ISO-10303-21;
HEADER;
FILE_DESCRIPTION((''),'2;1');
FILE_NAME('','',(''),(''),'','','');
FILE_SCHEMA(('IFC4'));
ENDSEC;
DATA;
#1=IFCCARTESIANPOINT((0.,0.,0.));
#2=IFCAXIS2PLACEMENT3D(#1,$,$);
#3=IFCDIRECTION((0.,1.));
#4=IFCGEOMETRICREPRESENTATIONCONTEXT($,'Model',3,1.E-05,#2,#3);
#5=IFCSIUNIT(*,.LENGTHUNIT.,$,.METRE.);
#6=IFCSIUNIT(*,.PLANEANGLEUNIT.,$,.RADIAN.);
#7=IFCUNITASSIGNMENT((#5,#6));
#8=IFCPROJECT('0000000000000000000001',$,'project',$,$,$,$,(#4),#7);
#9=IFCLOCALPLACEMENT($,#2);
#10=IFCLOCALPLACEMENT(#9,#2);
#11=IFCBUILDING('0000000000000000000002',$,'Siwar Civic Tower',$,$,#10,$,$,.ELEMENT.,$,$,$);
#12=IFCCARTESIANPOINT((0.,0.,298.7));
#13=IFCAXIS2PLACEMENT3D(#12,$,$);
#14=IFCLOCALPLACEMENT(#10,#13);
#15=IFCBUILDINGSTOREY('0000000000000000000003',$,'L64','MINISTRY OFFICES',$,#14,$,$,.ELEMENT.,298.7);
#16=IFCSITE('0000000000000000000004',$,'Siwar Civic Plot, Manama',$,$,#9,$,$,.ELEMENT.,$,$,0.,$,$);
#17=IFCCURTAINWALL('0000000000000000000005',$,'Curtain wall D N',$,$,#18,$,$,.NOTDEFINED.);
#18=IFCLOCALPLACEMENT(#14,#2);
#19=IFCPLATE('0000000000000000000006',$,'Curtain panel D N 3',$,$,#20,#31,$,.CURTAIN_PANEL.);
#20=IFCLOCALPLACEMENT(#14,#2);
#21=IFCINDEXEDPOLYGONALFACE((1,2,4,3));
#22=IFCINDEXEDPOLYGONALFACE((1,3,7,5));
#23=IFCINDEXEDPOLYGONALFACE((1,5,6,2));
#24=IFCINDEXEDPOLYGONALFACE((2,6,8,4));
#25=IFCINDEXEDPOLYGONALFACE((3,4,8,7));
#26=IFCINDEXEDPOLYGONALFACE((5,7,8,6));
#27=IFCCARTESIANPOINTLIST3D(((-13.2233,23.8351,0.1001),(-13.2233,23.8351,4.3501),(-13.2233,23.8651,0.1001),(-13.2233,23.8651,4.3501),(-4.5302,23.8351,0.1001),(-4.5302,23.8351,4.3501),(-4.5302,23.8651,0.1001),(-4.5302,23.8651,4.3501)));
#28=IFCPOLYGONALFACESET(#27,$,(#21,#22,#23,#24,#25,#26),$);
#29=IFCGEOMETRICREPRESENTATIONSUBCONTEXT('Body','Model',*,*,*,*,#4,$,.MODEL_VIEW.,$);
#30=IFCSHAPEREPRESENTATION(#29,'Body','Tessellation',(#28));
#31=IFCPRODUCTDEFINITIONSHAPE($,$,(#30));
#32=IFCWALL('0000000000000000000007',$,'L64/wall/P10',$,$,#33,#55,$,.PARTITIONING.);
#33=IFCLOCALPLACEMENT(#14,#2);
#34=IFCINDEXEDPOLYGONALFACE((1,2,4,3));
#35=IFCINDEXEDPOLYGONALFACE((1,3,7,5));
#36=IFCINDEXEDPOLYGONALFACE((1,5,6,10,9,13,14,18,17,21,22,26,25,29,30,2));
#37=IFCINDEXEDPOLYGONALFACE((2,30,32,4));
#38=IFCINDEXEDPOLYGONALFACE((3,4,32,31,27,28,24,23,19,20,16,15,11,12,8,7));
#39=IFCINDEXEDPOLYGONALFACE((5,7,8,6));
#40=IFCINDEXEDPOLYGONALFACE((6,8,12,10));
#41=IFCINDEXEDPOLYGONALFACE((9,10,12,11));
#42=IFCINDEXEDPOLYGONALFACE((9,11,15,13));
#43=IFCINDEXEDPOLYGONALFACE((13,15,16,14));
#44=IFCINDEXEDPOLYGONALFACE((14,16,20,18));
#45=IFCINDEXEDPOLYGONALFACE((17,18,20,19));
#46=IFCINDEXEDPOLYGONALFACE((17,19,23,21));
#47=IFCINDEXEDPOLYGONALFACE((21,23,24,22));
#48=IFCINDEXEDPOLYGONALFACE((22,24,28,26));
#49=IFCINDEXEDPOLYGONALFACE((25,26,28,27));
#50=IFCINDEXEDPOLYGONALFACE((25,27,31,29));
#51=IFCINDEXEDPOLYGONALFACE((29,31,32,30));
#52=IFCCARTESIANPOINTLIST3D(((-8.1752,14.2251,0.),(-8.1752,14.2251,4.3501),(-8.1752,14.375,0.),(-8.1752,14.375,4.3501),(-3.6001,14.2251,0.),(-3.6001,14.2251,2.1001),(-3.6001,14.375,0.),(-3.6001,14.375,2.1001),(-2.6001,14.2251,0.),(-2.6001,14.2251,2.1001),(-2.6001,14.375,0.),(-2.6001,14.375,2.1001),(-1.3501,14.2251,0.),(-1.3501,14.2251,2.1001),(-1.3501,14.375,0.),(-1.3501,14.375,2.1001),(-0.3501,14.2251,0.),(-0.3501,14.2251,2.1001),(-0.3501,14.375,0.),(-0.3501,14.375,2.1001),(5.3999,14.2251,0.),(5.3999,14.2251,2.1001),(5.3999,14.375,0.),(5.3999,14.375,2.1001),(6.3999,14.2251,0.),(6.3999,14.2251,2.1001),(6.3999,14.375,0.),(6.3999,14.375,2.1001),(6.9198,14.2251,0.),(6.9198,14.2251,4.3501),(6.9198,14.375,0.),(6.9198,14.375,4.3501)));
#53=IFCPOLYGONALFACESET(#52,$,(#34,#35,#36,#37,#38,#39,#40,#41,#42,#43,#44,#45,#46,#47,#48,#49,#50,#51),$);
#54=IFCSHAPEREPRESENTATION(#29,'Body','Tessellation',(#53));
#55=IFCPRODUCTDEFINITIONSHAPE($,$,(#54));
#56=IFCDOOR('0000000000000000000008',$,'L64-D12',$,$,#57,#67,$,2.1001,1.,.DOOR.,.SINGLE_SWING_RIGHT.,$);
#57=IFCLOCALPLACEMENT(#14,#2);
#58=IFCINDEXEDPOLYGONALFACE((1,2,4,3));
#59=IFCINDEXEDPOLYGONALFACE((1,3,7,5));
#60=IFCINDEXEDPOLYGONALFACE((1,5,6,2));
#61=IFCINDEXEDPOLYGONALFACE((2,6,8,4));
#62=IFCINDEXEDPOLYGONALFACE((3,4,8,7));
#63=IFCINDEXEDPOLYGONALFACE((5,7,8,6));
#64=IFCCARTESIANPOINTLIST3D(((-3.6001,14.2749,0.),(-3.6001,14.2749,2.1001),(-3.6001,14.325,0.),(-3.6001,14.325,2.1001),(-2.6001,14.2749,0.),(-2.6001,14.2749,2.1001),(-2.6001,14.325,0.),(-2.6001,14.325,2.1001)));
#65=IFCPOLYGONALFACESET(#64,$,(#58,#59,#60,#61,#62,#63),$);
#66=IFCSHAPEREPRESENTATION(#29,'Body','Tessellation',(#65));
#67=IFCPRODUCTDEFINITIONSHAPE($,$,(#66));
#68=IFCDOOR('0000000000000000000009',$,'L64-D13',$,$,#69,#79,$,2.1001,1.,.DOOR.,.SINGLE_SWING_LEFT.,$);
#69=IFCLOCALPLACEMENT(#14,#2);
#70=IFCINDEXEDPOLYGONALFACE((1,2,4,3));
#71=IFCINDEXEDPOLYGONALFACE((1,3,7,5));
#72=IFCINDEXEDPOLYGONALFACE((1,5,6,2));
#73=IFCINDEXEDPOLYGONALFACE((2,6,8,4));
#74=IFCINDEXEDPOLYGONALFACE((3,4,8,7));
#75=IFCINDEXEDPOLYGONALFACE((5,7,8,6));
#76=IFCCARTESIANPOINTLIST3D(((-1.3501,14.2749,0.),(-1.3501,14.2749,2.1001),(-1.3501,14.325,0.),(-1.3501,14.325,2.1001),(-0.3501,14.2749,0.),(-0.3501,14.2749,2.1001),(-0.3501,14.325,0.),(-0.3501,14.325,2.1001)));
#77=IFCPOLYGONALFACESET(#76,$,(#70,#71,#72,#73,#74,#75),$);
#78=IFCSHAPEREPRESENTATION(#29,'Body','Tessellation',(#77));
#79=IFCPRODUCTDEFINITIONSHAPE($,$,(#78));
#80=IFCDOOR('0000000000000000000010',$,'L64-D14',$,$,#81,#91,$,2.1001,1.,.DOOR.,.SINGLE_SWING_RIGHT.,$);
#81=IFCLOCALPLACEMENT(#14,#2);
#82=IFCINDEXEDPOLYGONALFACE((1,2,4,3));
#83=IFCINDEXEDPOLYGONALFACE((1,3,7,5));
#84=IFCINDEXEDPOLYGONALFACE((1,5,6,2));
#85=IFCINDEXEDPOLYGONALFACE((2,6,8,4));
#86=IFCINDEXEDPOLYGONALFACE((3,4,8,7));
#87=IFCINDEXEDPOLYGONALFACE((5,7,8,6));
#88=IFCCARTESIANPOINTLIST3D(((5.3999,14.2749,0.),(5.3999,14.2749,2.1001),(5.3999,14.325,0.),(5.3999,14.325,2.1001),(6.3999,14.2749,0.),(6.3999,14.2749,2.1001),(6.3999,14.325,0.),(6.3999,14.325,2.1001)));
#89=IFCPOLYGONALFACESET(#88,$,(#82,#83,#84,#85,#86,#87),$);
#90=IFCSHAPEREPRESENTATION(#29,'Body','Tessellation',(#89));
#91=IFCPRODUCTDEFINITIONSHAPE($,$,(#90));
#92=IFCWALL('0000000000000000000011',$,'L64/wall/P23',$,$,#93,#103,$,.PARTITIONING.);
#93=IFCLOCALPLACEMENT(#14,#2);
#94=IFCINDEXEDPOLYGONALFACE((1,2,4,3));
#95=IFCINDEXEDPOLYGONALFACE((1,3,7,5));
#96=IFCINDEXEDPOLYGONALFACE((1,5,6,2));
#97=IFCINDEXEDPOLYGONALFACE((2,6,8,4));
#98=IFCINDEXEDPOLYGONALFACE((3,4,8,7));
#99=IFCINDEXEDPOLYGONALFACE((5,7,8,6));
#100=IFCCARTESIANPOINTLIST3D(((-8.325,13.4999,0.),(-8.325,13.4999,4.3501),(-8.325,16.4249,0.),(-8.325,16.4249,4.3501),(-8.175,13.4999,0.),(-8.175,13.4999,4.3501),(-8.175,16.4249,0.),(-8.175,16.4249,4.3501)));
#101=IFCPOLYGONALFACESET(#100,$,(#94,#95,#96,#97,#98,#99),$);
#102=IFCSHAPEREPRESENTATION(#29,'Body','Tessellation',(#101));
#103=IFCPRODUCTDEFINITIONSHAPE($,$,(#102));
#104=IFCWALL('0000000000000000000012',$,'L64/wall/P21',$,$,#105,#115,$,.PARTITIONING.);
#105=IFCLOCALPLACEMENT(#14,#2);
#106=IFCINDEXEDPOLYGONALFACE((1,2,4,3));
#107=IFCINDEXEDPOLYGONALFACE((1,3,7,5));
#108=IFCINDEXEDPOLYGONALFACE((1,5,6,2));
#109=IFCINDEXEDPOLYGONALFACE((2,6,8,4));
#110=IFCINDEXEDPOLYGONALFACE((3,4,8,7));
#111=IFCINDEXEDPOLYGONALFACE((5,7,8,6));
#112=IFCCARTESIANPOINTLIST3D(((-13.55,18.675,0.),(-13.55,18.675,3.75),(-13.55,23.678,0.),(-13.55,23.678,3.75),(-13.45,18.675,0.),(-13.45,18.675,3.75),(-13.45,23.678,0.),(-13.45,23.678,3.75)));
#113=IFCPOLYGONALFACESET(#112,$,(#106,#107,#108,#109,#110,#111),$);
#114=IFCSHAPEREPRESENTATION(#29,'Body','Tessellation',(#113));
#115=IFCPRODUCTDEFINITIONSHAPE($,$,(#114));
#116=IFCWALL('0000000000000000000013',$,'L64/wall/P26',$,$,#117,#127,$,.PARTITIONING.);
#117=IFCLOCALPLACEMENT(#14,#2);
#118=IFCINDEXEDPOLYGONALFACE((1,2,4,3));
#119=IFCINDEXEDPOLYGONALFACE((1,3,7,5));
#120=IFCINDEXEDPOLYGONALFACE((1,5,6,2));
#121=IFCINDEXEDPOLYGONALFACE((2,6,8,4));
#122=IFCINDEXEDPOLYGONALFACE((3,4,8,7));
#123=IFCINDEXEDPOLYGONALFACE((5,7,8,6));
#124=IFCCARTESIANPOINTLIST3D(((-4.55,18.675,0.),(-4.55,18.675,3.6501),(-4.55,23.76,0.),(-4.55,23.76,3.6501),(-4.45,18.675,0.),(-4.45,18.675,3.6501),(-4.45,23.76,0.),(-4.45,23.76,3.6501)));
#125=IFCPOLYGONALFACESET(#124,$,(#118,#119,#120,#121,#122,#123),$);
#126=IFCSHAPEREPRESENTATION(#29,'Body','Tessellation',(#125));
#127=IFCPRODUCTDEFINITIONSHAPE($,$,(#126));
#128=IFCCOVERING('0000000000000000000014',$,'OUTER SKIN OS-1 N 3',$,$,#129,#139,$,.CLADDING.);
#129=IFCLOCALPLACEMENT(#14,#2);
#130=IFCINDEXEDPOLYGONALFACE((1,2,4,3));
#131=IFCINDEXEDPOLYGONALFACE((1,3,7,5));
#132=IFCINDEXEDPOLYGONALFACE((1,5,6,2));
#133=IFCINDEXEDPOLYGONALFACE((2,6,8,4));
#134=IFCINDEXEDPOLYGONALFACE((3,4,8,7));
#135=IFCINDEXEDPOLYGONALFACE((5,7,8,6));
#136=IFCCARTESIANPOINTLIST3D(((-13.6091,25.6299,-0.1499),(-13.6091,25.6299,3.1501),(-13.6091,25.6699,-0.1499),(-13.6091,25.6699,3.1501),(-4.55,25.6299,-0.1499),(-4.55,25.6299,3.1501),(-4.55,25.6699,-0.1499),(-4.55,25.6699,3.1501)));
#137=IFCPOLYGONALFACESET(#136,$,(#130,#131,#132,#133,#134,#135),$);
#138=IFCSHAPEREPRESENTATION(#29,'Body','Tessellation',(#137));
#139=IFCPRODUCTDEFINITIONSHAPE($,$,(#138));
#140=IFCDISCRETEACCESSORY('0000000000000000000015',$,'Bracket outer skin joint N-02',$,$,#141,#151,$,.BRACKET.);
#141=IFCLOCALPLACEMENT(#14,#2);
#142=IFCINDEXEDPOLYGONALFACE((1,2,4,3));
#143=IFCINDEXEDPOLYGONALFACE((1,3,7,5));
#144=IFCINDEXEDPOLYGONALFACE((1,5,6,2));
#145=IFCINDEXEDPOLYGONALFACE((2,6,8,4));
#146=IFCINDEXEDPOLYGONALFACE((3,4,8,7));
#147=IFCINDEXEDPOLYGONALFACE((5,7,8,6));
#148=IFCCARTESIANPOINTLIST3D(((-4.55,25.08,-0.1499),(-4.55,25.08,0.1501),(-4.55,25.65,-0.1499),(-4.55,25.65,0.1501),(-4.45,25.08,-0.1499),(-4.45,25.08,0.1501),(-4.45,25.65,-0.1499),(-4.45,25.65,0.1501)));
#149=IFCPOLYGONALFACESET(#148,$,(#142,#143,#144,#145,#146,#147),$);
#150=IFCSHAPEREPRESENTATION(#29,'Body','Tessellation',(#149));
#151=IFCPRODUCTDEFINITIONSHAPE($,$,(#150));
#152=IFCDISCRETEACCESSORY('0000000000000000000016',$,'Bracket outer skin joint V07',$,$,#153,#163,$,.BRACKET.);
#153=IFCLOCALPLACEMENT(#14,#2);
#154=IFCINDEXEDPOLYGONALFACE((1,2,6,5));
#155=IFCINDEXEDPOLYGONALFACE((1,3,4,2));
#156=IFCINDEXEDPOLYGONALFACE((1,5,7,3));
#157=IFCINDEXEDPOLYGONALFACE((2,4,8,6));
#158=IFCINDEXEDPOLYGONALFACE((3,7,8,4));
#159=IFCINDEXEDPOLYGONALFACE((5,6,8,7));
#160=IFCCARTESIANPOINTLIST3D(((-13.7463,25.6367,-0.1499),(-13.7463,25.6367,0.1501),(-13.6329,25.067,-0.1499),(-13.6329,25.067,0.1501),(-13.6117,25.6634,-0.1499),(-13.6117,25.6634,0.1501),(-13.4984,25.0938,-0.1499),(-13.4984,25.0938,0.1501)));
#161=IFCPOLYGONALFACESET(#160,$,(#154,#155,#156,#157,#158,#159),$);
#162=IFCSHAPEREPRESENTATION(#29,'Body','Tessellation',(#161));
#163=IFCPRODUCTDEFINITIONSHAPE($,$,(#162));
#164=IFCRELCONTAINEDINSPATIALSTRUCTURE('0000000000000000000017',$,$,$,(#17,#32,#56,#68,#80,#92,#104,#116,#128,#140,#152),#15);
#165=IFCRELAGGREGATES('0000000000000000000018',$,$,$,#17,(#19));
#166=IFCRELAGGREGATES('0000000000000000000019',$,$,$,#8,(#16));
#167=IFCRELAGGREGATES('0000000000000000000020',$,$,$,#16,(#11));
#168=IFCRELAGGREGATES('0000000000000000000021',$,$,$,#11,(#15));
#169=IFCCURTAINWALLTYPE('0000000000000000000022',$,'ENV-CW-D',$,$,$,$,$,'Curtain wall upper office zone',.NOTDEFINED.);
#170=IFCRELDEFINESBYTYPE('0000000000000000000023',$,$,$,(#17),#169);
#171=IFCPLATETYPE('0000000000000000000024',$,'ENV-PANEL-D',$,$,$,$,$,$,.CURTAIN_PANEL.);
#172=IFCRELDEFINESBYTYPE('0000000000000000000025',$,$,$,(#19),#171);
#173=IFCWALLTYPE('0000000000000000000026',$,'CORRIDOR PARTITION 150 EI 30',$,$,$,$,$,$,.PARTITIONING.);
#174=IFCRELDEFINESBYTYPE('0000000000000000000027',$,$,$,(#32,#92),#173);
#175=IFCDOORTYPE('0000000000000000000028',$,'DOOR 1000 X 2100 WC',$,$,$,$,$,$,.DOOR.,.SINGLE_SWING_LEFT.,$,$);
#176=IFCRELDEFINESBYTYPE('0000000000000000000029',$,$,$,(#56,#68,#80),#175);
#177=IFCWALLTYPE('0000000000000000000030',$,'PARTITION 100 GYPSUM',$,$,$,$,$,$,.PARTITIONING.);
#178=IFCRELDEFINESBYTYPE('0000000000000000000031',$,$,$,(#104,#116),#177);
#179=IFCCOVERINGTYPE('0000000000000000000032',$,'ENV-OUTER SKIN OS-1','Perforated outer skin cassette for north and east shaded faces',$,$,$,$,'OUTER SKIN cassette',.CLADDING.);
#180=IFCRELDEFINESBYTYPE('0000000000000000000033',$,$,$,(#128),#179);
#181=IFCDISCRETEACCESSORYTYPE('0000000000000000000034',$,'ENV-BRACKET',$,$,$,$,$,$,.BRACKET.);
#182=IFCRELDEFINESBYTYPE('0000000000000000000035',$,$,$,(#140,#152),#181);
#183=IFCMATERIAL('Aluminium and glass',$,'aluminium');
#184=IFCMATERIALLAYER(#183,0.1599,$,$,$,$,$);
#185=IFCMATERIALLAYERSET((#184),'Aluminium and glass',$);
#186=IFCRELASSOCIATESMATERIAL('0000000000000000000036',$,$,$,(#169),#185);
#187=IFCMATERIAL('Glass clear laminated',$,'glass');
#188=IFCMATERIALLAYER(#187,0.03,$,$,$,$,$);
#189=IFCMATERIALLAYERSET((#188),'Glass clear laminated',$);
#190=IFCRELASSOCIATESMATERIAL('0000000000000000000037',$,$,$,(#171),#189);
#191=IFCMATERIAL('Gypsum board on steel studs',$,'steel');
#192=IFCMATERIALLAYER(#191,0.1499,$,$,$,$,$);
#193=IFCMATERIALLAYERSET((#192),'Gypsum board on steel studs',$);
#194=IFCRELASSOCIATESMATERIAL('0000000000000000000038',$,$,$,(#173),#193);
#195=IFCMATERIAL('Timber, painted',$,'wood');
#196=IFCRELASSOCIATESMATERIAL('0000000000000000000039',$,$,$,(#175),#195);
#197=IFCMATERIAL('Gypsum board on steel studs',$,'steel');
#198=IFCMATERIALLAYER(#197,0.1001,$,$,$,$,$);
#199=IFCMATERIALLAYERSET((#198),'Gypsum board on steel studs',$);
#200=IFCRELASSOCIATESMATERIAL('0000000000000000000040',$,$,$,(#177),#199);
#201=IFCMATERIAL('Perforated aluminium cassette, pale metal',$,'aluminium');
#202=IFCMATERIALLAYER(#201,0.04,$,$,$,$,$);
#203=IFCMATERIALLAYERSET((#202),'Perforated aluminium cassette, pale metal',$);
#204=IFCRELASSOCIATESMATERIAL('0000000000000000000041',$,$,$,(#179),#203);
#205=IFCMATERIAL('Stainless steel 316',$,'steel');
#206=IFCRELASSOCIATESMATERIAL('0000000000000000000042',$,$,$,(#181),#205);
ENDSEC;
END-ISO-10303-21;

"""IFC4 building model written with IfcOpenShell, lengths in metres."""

from ifc_helpers import new_model, si_unit, direction, frame, frame_2d, origin, origin_2d, place, context, subcontext, project, spatial, rectangle, extrude, material, layer, layer_set, type_object, element, fill, aggregate, save


model = new_model("IFC4")

# Units and contexts
model_context = context("Model", 3, precision=1e-05, world=origin(), true_north=direction((0.0, 1.0)))
body_context = subcontext(model_context, "Body", "Model", "MODEL_VIEW")
ifc_project = project(units=[si_unit("LENGTHUNIT", "METRE"), si_unit("PLANEANGLEUNIT", "RADIAN")], contexts=[model_context])

# Site, building, storey
site_placement = place(None, origin())
site = spatial("IfcSite", under=ifc_project, at=site_placement, Name="Siwar Civic Plot, Manama", CompositionType="ELEMENT", RefElevation=0.0)
building_placement = place(site_placement, origin())
building = spatial("IfcBuilding", under=site, at=building_placement, Name="Siwar Civic Tower", CompositionType="ELEMENT")
storey_placement = place(building_placement, frame((0.0, 0.0, 298.7)))
storey = spatial("IfcBuildingStorey", under=building, at=storey_placement, Name="L64", Description="MINISTRY OFFICES", CompositionType="ELEMENT", Elevation=298.7)

# Curtain wall
ifc_material_1 = material(Name="Aluminium and glass", Category="aluminium")
ifc_layer_1 = layer(ifc_material_1, 0.1599)
ifc_layer_set_1 = layer_set([ifc_layer_1], Name="Aluminium and glass")
curtain_wall_type_1 = type_object("IfcCurtainWallType", Name="ENV-CW-D", ElementType="Curtain wall upper office zone", PredefinedType="NOTDEFINED", material=ifc_layer_set_1)
curtain_wall_1_placement = place(storey_placement, origin())
curtain_wall_1 = element("IfcCurtainWall", 1, at=curtain_wall_1_placement, inside=storey, type_object=curtain_wall_type_1, Name="Curtain wall D N", PredefinedType="NOTDEFINED")

# Plate
ifc_material_2 = material(Name="Glass clear laminated", Category="glass")
ifc_layer_2 = layer(ifc_material_2, 0.03)
ifc_layer_set_2 = layer_set([ifc_layer_2], Name="Glass clear laminated")
plate_type = type_object("IfcPlateType", Name="ENV-PANEL-D", PredefinedType="CURTAIN_PANEL", material=ifc_layer_set_2)
plate_placement = place(storey_placement, frame((-8.8767, 23.8501, 0.1001), z_axis=(0.0, 0.0, 1.0), x_axis=(-1.0, 0.0, 0.0)))
plate = element("IfcPlate", 2, at=plate_placement, type_object=plate_type, Name="Curtain panel D N 3", PredefinedType="CURTAIN_PANEL", context=body_context, shape_type="SweptSolid", body=[
    extrude(rectangle(XDim=8.6931, YDim=0.03, at=origin_2d()), origin(), (0.0, 0.0, 1.0), 4.25),
])
aggregate(curtain_wall_1, [plate])

# Wall, openings, doors
ifc_material_3 = material(Name="Gypsum board on steel studs", Category="steel")
ifc_layer_3 = layer(ifc_material_3, 0.1499)
ifc_layer_set_3 = layer_set([ifc_layer_3], Name="Gypsum board on steel studs")
wall_type_1 = type_object("IfcWallType", Name="CORRIDOR PARTITION 150 EI 30", PredefinedType="PARTITIONING", material=ifc_layer_set_3)
wall_1_placement = place(storey_placement, frame((-8.175, 14.3, 0.0), z_axis=(0.0, 0.0, 1.0), x_axis=(1.0, 0.0, 0.0)))
wall_1 = element("IfcWall", 3, at=wall_1_placement, inside=storey, type_object=wall_type_1, Name="L64/wall/P10", PredefinedType="PARTITIONING", context=body_context, shape_type="SweptSolid", body=[
    extrude(rectangle(XDim=15.095, YDim=0.1499, at=frame_2d((7.5474, 0.0))), origin(), (0.0, 0.0, 1.0), 4.3501),
])
opening_1_placement = place(wall_1_placement, frame((4.575, 0.0, 0.0)))
opening_1 = element("IfcOpeningElement", 4, at=opening_1_placement, cuts=wall_1, PredefinedType="OPENING", context=body_context, shape_type="SweptSolid", body=[
    extrude(rectangle(XDim=1.0, YDim=2.1001, at=frame_2d((0.5, 1.05))), frame((0.0, 0.085, 0.0), z_axis=(0.0, -1.0, 0.0), x_axis=(1.0, 0.0, 0.0)), (0.0, 0.0, 1.0), 0.1699),
])
opening_2_placement = place(wall_1_placement, frame((6.825, 0.0, 0.0)))
opening_2 = element("IfcOpeningElement", 5, at=opening_2_placement, cuts=wall_1, PredefinedType="OPENING", context=body_context, shape_type="SweptSolid", body=[
    extrude(rectangle(XDim=1.0, YDim=2.1001, at=frame_2d((0.5, 1.05))), frame((0.0, 0.085, 0.0), z_axis=(0.0, -1.0, 0.0), x_axis=(1.0, 0.0, 0.0)), (0.0, 0.0, 1.0), 0.1699),
])
opening_3_placement = place(wall_1_placement, frame((13.575, 0.0, 0.0)))
opening_3 = element("IfcOpeningElement", 6, at=opening_3_placement, cuts=wall_1, PredefinedType="OPENING", context=body_context, shape_type="SweptSolid", body=[
    extrude(rectangle(XDim=1.0, YDim=2.1001, at=frame_2d((0.5, 1.05))), frame((0.0, 0.085, 0.0), z_axis=(0.0, -1.0, 0.0), x_axis=(1.0, 0.0, 0.0)), (0.0, 0.0, 1.0), 0.1699),
])
ifc_material_4 = material(Name="Timber, painted", Category="wood")
door_type = type_object("IfcDoorType", Name="DOOR 1000 X 2100 WC", OperationType="SINGLE_SWING_LEFT", PredefinedType="DOOR", material=ifc_material_4)
door_1_placement = place(opening_1_placement, origin())
door_1 = element("IfcDoor", 7, at=door_1_placement, inside=storey, type_object=door_type, Name="L64-D12", OperationType="SINGLE_SWING_RIGHT", OverallHeight=2.1001, OverallWidth=1.0, PredefinedType="DOOR", context=body_context, shape_type="SweptSolid", body=[
    extrude(rectangle(XDim=1.0, YDim=2.1001, at=frame_2d((0.5, 1.05))), frame((0.0, 0.0249, 0.0), z_axis=(0.0, -1.0, 0.0), x_axis=(1.0, 0.0, 0.0)), (0.0, 0.0, 1.0), 0.05),
])
fill(opening_1, door_1)
door_2_placement = place(opening_2_placement, origin())
door_2 = element("IfcDoor", 8, at=door_2_placement, inside=storey, type_object=door_type, Name="L64-D13", OperationType="SINGLE_SWING_LEFT", OverallHeight=2.1001, OverallWidth=1.0, PredefinedType="DOOR", context=body_context, shape_type="SweptSolid", body=[
    extrude(rectangle(XDim=1.0, YDim=2.1001, at=frame_2d((0.5, 1.05))), frame((0.0, 0.0249, 0.0), z_axis=(0.0, -1.0, 0.0), x_axis=(1.0, 0.0, 0.0)), (0.0, 0.0, 1.0), 0.05),
])
fill(opening_2, door_2)
door_3_placement = place(opening_3_placement, origin())
door_3 = element("IfcDoor", 9, at=door_3_placement, inside=storey, type_object=door_type, Name="L64-D14", OperationType="SINGLE_SWING_RIGHT", OverallHeight=2.1001, OverallWidth=1.0, PredefinedType="DOOR", context=body_context, shape_type="SweptSolid", body=[
    extrude(rectangle(XDim=1.0, YDim=2.1001, at=frame_2d((0.5, 1.05))), frame((0.0, 0.0249, 0.0), z_axis=(0.0, -1.0, 0.0), x_axis=(1.0, 0.0, 0.0)), (0.0, 0.0, 1.0), 0.05),
])
fill(opening_3, door_3)

# Walls
wall_2_placement = place(storey_placement, frame((-8.25, 13.5, 0.0), z_axis=(0.0, 0.0, 1.0), x_axis=(0.0, 1.0, 0.0)))
element("IfcWall", 10, at=wall_2_placement, inside=storey, type_object=wall_type_1, Name="L64/wall/P23", PredefinedType="PARTITIONING", context=body_context, shape_type="SweptSolid", body=[
    extrude(rectangle(XDim=2.925, YDim=0.1499, at=frame_2d((1.4624, 0.0))), origin(), (0.0, 0.0, 1.0), 4.3501),
])
ifc_material_5 = material(Name="Gypsum board on steel studs", Category="steel")
ifc_layer_4 = layer(ifc_material_5, 0.1001)
ifc_layer_set_4 = layer_set([ifc_layer_4], Name="Gypsum board on steel studs")
wall_type_2 = type_object("IfcWallType", Name="PARTITION 100 GYPSUM", PredefinedType="PARTITIONING", material=ifc_layer_set_4)
wall_3_placement = place(storey_placement, frame((-13.5, 18.675, 0.0), z_axis=(0.0, 0.0, 1.0), x_axis=(0.0, 1.0, 0.0)))
element("IfcWall", 11, at=wall_3_placement, inside=storey, type_object=wall_type_2, Name="L64/wall/P21", PredefinedType="PARTITIONING", context=body_context, shape_type="SweptSolid", body=[
    extrude(rectangle(XDim=5.0029, YDim=0.1001, at=frame_2d((2.5015, 0.0))), origin(), (0.0, 0.0, 1.0), 3.75),
])
wall_4_placement = place(storey_placement, frame((-4.5, 18.675, 0.0), z_axis=(0.0, 0.0, 1.0), x_axis=(0.0, 1.0, 0.0)))
element("IfcWall", 12, at=wall_4_placement, inside=storey, type_object=wall_type_2, Name="L64/wall/P26", PredefinedType="PARTITIONING", context=body_context, shape_type="SweptSolid", body=[
    extrude(rectangle(XDim=5.085, YDim=0.1001, at=frame_2d((2.5425, 0.0))), origin(), (0.0, 0.0, 1.0), 3.6501),
])

# Covering
ifc_material_6 = material(Name="Perforated aluminium cassette, pale metal", Category="aluminium")
ifc_layer_5 = layer(ifc_material_6, 0.04)
ifc_layer_set_5 = layer_set([ifc_layer_5], Name="Perforated aluminium cassette, pale metal")
covering_type = type_object("IfcCoveringType", Name="ENV-OUTER SKIN OS-1", Description="Perforated outer skin cassette for north and east shaded faces", ElementType="OUTER SKIN cassette", PredefinedType="CLADDING", material=ifc_layer_set_5)
covering_placement = place(storey_placement, frame((-9.0796, 25.6499, -0.1499), z_axis=(0.0, 0.0, 1.0), x_axis=(-1.0, 0.0, 0.0)))
element("IfcCovering", 13, at=covering_placement, inside=storey, type_object=covering_type, Name="OUTER SKIN OS-1 N 3", PredefinedType="CLADDING", context=body_context, shape_type="SweptSolid", body=[
    extrude(rectangle(XDim=9.0591, YDim=0.04, at=origin_2d()), origin(), (0.0, 0.0, 1.0), 3.3),
])

# Discrete accessories
ifc_material_7 = material(Name="Stainless steel 316", Category="steel")
discrete_accessory_type = type_object("IfcDiscreteAccessoryType", Name="ENV-BRACKET", PredefinedType="BRACKET", material=ifc_material_7)
discrete_accessory_1_placement = place(storey_placement, frame((-4.5, 25.365, -0.1499), z_axis=(0.0, 0.0, 1.0), x_axis=(0.0, 1.0, 0.0)))
element("IfcDiscreteAccessory", 14, at=discrete_accessory_1_placement, inside=storey, type_object=discrete_accessory_type, Name="Bracket outer skin joint N-02", PredefinedType="BRACKET", context=body_context, shape_type="SweptSolid", body=[
    extrude(rectangle(XDim=0.5701, YDim=0.1001, at=origin_2d()), origin(), (0.0, 0.0, 1.0), 0.3),
])
discrete_accessory_2_placement = place(storey_placement, frame((-13.6223, 25.3652, -0.1499), z_axis=(0.0, 0.0, 1.0), x_axis=(-0.19509, 0.980785, 0.0)))
element("IfcDiscreteAccessory", 15, at=discrete_accessory_2_placement, inside=storey, type_object=discrete_accessory_type, Name="Bracket outer skin joint V07", PredefinedType="BRACKET", context=body_context, shape_type="SweptSolid", body=[
    extrude(rectangle(XDim=0.5808, YDim=0.1372, at=origin_2d()), origin(), (0.0, 0.0, 1.0), 0.3),
])

save(model, "model.ifc")
